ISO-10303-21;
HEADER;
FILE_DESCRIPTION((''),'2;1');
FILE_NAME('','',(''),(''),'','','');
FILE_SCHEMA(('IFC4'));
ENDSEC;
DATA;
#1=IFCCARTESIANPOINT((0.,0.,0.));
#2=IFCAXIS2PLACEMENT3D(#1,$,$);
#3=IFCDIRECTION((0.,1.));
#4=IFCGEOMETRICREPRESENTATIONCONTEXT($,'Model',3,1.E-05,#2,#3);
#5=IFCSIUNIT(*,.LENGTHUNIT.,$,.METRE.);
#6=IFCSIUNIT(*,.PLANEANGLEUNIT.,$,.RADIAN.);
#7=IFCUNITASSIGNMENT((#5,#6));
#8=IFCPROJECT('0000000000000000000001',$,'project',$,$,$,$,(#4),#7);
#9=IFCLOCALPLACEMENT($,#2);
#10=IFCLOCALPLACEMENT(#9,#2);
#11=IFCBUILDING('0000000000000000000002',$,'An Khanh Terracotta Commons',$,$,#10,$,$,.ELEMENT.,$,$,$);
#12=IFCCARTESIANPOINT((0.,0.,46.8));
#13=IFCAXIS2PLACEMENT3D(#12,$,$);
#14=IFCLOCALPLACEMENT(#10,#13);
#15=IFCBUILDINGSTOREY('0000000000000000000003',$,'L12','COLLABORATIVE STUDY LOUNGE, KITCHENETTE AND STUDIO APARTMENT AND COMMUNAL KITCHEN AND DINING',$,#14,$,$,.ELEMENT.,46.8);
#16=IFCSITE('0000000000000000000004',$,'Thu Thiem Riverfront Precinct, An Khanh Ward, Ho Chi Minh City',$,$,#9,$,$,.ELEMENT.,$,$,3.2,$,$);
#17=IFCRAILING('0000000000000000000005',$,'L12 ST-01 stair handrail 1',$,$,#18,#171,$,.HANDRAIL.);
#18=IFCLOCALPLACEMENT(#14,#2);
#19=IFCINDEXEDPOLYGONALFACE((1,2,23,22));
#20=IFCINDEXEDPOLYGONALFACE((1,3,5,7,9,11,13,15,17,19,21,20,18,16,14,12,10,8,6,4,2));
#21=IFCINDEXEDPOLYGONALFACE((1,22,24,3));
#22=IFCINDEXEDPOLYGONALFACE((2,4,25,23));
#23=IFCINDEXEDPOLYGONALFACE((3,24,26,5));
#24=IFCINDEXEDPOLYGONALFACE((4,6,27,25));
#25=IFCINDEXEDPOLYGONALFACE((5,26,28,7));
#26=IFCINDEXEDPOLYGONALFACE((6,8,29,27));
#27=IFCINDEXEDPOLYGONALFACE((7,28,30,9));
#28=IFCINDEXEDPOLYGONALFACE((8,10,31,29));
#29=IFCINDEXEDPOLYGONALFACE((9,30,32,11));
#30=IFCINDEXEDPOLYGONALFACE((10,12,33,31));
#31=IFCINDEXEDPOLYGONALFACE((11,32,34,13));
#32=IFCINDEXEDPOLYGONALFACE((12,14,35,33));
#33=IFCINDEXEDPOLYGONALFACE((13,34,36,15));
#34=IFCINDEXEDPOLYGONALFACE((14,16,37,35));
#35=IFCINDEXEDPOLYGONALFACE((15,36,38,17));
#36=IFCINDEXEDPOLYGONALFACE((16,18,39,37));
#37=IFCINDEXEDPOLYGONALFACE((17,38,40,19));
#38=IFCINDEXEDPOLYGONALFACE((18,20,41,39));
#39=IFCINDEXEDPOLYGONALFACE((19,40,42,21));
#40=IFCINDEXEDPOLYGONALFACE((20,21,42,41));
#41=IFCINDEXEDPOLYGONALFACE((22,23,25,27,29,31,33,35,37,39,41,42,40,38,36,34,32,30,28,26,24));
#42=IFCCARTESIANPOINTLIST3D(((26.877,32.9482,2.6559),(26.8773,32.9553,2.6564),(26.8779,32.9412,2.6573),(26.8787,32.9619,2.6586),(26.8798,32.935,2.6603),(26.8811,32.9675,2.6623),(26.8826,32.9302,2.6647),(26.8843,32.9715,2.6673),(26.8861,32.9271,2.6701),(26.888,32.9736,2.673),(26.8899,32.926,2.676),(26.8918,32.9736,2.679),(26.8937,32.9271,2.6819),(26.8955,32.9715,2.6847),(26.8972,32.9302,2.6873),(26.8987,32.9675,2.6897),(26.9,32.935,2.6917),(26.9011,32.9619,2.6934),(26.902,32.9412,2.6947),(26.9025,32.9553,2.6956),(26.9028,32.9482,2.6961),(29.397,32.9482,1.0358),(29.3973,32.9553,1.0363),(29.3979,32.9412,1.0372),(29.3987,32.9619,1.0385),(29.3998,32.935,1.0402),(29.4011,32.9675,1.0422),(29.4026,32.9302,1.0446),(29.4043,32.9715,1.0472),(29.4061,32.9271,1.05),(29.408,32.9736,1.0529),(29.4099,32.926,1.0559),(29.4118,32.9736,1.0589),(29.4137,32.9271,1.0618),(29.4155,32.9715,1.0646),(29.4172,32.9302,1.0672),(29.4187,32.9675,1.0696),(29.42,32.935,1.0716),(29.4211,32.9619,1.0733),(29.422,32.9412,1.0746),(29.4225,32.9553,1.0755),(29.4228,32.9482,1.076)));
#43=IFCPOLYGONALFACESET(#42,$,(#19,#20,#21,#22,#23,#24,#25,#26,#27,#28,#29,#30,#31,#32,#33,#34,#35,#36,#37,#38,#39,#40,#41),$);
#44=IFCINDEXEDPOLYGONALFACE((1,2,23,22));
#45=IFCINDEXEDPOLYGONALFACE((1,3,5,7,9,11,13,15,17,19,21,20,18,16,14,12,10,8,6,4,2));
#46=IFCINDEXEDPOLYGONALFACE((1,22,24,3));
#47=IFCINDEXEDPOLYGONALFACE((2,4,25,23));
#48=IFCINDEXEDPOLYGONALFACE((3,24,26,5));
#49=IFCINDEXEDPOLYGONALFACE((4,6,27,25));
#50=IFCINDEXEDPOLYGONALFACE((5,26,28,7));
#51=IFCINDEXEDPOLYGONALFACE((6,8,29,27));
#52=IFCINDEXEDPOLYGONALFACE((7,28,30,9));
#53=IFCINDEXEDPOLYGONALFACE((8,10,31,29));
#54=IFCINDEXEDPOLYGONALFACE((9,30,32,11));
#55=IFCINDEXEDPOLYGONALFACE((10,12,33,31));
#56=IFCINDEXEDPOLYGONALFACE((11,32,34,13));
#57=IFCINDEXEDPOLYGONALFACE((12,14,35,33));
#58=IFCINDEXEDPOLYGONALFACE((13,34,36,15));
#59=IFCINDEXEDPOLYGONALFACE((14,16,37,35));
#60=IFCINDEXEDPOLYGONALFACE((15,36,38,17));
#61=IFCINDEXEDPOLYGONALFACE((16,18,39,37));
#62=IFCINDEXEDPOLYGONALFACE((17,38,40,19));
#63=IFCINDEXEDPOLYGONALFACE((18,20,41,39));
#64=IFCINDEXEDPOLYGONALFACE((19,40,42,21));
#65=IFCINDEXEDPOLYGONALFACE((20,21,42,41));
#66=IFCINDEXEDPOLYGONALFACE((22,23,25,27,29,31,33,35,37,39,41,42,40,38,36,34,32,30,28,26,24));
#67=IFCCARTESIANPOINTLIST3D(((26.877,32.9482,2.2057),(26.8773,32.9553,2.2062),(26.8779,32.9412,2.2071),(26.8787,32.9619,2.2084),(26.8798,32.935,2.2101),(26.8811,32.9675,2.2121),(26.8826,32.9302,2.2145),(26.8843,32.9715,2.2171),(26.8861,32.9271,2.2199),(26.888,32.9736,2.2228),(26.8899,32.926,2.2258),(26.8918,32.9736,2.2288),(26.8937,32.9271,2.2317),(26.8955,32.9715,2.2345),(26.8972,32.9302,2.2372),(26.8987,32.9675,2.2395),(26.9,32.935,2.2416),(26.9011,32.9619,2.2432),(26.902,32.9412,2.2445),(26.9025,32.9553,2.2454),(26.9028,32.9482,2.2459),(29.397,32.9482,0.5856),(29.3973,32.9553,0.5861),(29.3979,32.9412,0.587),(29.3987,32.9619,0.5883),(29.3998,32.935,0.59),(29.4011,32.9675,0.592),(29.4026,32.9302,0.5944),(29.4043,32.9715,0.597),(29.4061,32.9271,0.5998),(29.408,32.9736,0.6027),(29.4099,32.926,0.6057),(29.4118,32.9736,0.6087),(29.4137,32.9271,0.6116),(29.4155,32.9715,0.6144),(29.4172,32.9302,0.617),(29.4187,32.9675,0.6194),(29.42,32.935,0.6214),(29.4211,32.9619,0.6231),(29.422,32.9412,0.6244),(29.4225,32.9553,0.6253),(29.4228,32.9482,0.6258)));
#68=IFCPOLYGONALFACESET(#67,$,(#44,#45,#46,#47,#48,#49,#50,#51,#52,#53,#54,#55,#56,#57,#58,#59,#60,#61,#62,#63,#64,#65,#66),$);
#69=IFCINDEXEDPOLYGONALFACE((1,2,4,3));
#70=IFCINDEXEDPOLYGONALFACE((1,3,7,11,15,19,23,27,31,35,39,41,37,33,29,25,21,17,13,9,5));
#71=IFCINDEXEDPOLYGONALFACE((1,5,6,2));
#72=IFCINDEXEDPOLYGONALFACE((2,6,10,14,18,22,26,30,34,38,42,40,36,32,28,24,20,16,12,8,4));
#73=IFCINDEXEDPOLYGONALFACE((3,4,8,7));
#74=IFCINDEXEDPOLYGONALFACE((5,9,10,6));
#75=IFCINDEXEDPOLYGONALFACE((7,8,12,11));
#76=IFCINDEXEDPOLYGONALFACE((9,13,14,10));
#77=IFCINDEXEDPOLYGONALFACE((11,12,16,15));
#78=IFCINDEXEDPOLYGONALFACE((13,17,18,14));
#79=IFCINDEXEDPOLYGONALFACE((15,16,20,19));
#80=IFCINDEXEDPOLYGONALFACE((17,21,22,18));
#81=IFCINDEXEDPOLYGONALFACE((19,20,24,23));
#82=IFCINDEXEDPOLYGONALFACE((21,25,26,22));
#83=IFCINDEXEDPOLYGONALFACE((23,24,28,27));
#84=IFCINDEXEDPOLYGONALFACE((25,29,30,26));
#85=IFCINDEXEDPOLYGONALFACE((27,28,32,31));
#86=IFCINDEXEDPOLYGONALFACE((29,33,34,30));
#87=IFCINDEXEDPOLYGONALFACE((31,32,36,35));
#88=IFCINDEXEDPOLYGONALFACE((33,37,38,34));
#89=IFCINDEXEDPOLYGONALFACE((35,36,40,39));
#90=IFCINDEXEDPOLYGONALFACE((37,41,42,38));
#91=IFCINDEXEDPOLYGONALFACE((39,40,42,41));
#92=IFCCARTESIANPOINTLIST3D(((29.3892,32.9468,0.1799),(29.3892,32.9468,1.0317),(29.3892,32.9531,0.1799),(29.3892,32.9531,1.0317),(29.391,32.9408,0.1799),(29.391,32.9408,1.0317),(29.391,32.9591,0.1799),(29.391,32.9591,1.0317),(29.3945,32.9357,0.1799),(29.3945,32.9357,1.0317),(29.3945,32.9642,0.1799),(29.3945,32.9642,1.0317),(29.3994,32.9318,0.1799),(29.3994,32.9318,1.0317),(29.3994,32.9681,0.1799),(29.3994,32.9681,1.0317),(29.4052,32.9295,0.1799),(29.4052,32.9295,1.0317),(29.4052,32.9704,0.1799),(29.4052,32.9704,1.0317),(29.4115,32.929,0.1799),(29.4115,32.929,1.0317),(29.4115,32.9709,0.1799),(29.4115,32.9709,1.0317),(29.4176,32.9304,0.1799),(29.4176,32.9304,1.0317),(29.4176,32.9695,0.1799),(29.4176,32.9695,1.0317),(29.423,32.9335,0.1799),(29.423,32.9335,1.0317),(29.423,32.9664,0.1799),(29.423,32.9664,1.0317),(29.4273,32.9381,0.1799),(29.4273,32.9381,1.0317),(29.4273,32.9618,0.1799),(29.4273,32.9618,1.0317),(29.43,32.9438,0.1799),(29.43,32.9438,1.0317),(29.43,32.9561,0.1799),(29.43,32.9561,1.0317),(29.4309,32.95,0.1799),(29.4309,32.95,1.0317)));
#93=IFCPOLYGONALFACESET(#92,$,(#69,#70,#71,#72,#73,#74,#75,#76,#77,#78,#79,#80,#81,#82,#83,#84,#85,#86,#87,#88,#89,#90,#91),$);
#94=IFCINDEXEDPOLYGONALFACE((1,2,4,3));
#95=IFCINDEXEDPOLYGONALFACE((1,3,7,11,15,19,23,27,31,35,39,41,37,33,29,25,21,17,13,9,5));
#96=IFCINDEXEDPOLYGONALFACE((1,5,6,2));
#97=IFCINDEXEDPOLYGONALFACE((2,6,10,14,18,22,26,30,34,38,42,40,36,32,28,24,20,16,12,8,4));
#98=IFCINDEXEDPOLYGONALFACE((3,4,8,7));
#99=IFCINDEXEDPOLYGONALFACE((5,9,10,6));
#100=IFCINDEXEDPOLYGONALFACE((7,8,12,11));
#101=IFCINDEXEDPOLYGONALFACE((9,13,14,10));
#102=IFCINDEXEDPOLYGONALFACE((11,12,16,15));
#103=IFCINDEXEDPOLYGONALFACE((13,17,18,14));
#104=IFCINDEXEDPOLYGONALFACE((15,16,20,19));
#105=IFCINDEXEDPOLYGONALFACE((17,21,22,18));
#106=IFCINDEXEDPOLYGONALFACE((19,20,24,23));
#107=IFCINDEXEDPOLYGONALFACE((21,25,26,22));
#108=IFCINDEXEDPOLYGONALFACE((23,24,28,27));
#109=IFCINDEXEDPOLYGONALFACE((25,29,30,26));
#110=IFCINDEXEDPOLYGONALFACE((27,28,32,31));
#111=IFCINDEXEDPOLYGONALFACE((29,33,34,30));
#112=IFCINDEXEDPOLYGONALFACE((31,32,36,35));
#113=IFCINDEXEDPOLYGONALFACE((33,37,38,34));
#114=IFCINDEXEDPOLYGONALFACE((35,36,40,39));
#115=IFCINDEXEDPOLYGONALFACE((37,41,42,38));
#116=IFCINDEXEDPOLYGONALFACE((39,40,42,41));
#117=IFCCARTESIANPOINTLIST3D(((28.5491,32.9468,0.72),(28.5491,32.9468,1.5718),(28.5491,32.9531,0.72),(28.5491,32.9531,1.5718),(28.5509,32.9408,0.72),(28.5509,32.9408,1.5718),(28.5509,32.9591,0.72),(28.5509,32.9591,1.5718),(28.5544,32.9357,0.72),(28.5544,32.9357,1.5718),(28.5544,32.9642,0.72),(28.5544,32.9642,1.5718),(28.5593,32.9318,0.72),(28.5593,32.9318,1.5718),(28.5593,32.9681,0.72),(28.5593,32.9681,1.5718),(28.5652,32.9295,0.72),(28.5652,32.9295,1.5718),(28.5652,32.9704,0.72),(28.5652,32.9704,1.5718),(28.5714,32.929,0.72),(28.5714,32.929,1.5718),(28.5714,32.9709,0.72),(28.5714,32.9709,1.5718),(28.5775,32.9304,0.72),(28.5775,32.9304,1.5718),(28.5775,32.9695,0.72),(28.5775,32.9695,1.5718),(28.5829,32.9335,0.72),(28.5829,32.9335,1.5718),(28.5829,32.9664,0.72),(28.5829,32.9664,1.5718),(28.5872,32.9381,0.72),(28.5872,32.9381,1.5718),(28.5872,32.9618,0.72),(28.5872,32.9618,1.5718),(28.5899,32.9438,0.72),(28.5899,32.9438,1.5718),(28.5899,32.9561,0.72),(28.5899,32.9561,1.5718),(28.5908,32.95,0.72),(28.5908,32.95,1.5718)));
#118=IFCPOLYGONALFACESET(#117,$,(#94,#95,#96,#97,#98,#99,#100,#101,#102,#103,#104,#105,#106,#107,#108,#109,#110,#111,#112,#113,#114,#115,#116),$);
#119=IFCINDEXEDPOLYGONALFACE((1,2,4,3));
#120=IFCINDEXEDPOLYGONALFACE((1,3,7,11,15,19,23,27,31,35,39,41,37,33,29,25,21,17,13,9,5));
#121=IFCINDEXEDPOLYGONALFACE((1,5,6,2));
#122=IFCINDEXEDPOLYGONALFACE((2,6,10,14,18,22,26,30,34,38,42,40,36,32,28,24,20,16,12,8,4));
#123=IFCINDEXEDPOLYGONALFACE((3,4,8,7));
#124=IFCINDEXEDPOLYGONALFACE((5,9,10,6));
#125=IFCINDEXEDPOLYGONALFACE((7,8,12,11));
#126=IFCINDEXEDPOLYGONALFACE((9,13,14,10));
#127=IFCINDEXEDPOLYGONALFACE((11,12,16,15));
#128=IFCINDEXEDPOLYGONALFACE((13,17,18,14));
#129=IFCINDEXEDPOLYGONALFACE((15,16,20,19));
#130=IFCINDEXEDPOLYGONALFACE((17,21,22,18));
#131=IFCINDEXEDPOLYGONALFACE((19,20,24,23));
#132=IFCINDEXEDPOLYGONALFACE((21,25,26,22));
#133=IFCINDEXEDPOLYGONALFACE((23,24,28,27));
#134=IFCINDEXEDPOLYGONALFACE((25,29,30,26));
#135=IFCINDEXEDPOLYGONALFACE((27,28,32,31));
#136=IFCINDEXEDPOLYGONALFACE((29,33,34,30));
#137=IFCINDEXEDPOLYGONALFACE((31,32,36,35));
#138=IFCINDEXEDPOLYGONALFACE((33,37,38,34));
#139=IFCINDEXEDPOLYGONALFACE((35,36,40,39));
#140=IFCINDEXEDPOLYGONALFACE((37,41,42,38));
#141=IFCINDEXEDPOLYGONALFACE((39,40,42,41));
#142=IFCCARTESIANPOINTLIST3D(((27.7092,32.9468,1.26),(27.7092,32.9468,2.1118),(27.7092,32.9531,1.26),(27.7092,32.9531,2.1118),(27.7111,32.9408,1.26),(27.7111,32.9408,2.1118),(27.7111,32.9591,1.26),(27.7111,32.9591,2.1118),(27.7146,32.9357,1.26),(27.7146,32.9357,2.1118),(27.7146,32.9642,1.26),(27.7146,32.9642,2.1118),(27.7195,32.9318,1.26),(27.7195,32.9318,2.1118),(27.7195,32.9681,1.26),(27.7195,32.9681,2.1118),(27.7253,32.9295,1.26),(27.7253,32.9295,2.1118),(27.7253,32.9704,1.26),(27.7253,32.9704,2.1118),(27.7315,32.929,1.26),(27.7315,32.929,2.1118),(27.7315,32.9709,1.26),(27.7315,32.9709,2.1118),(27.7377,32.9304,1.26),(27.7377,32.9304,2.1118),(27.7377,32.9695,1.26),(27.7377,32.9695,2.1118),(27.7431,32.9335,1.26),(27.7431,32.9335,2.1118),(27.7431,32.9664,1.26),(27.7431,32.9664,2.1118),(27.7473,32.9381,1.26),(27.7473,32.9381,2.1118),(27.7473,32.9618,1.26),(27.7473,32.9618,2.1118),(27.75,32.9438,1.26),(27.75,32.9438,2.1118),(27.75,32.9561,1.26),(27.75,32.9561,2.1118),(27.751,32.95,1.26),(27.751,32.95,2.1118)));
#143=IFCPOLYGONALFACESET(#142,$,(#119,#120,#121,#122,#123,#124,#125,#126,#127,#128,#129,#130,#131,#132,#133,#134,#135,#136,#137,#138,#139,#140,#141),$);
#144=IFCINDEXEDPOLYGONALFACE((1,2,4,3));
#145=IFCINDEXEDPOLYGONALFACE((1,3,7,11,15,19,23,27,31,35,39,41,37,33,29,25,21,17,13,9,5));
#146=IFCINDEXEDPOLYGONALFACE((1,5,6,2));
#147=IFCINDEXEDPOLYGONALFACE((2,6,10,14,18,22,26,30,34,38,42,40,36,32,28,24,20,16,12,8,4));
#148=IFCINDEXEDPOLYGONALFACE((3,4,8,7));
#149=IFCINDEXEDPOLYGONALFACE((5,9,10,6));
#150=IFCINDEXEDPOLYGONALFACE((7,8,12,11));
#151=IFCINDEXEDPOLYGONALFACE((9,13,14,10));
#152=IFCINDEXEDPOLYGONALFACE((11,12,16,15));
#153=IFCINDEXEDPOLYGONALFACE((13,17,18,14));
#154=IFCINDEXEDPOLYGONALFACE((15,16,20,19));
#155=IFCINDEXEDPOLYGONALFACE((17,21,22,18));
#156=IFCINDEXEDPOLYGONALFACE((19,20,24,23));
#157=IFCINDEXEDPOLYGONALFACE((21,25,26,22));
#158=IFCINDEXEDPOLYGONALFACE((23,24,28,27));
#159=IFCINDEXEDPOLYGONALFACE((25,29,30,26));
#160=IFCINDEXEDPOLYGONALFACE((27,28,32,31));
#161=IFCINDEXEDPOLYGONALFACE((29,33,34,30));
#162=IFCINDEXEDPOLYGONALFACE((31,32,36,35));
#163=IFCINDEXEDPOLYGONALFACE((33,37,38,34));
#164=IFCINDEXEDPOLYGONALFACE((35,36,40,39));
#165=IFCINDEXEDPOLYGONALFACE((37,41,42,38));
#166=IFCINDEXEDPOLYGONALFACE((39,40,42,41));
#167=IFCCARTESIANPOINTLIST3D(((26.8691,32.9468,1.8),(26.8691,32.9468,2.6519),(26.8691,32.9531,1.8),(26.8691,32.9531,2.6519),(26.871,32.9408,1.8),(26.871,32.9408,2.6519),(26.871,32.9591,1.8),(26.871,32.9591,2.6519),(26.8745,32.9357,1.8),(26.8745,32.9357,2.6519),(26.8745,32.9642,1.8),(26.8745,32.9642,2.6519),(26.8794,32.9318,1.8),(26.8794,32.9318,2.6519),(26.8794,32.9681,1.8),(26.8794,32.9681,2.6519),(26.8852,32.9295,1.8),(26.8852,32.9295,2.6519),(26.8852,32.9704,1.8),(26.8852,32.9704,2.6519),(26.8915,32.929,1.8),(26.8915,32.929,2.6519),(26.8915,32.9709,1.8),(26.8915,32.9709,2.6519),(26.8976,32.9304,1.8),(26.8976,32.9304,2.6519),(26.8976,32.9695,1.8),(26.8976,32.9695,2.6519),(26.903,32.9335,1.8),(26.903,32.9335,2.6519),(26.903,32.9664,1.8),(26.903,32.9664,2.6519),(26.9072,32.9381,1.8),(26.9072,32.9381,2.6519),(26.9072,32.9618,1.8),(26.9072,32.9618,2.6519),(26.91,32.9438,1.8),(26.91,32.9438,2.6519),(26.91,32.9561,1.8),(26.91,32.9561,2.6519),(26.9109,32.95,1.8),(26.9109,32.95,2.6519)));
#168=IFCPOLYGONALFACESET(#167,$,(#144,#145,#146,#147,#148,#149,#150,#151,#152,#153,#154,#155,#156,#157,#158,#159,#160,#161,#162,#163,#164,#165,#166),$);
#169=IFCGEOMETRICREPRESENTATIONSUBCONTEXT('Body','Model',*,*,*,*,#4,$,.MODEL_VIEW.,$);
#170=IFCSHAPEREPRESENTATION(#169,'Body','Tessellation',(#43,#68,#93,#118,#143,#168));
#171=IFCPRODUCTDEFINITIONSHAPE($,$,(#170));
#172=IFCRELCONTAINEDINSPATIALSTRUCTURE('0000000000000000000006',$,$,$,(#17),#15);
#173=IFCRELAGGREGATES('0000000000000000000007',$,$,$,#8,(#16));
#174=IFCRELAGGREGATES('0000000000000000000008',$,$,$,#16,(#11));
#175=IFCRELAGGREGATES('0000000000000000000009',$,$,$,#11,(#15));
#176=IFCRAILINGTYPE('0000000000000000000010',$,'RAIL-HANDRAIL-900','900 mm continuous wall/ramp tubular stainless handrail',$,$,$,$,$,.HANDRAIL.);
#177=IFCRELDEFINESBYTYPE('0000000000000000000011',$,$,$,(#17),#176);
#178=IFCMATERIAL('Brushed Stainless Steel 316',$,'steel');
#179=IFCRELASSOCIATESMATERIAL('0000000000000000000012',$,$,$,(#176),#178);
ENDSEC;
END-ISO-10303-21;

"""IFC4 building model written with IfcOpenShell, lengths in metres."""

from ifc_helpers import new_model, si_unit, direction, frame, origin, origin_2d, place, context, subcontext, project, spatial, circle, extrude, material, type_object, element, save


model = new_model("IFC4")

# Units and contexts
model_context = context("Model", 3, precision=1e-05, world=origin(), true_north=direction((0.0, 1.0)))
body_context = subcontext(model_context, "Body", "Model", "MODEL_VIEW")
ifc_project = project(units=[si_unit("LENGTHUNIT", "METRE"), si_unit("PLANEANGLEUNIT", "RADIAN")], contexts=[model_context])

# Site, building, storey
site_placement = place(None, origin())
site = spatial("IfcSite", under=ifc_project, at=site_placement, Name="Thu Thiem Riverfront Precinct, An Khanh Ward, Ho Chi Minh City", CompositionType="ELEMENT", RefElevation=3.2)
building_placement = place(site_placement, origin())
building = spatial("IfcBuilding", under=site, at=building_placement, Name="An Khanh Terracotta Commons", CompositionType="ELEMENT")
storey_placement = place(building_placement, frame((0.0, 0.0, 46.8)))
storey = spatial("IfcBuildingStorey", under=building, at=storey_placement, Name="L12", Description="COLLABORATIVE STUDY LOUNGE, KITCHENETTE AND STUDIO APARTMENT AND COMMUNAL KITCHEN AND DINING", CompositionType="ELEMENT", Elevation=46.8)

# Railing
ifc_material_1 = material(Name="Brushed Stainless Steel 316", Category="steel")
railing_type_1 = type_object("IfcRailingType", Name="RAIL-HANDRAIL-900", Description="900 mm continuous wall/ramp tubular stainless handrail", PredefinedType="HANDRAIL", material=ifc_material_1)
railing_1_placement = place(storey_placement, frame((29.4099, 32.95, 0.1799)))
element("IfcRailing", 1, at=railing_1_placement, inside=storey, type_object=railing_type_1, Name="L12 ST-01 stair handrail 1", PredefinedType="HANDRAIL", context=body_context, shape_type="SweptSolid", body=[
    extrude(circle(Radius=0.0239, at=origin_2d()), frame((0.0, 0.0, 0.876), z_axis=(-0.841163, 0.0, 0.540782), x_axis=(0.0, -1.0, 0.0)), (0.0, 0.0, 1.0), 2.9958),
    extrude(circle(Radius=0.0239, at=origin_2d()), frame((0.0, 0.0, 0.4258), z_axis=(-0.841163, 0.0, 0.540782), x_axis=(0.0, -1.0, 0.0)), (0.0, 0.0, 1.0), 2.9958),
    extrude(circle(Radius=0.021, at=origin_2d()), origin(), (0.0, 0.0, 1.0), 0.8518),
    extrude(circle(Radius=0.021, at=origin_2d()), frame((-0.8401, 0.0, 0.54)), (0.0, 0.0, 1.0), 0.8518),
    extrude(circle(Radius=0.021, at=origin_2d()), frame((-1.6799, 0.0, 1.0801)), (0.0, 0.0, 1.0), 0.8518),
    extrude(circle(Radius=0.021, at=origin_2d()), frame((-2.52, 0.0, 1.6201)), (0.0, 0.0, 1.0), 0.8518),
])

save(model, "model.ifc")
